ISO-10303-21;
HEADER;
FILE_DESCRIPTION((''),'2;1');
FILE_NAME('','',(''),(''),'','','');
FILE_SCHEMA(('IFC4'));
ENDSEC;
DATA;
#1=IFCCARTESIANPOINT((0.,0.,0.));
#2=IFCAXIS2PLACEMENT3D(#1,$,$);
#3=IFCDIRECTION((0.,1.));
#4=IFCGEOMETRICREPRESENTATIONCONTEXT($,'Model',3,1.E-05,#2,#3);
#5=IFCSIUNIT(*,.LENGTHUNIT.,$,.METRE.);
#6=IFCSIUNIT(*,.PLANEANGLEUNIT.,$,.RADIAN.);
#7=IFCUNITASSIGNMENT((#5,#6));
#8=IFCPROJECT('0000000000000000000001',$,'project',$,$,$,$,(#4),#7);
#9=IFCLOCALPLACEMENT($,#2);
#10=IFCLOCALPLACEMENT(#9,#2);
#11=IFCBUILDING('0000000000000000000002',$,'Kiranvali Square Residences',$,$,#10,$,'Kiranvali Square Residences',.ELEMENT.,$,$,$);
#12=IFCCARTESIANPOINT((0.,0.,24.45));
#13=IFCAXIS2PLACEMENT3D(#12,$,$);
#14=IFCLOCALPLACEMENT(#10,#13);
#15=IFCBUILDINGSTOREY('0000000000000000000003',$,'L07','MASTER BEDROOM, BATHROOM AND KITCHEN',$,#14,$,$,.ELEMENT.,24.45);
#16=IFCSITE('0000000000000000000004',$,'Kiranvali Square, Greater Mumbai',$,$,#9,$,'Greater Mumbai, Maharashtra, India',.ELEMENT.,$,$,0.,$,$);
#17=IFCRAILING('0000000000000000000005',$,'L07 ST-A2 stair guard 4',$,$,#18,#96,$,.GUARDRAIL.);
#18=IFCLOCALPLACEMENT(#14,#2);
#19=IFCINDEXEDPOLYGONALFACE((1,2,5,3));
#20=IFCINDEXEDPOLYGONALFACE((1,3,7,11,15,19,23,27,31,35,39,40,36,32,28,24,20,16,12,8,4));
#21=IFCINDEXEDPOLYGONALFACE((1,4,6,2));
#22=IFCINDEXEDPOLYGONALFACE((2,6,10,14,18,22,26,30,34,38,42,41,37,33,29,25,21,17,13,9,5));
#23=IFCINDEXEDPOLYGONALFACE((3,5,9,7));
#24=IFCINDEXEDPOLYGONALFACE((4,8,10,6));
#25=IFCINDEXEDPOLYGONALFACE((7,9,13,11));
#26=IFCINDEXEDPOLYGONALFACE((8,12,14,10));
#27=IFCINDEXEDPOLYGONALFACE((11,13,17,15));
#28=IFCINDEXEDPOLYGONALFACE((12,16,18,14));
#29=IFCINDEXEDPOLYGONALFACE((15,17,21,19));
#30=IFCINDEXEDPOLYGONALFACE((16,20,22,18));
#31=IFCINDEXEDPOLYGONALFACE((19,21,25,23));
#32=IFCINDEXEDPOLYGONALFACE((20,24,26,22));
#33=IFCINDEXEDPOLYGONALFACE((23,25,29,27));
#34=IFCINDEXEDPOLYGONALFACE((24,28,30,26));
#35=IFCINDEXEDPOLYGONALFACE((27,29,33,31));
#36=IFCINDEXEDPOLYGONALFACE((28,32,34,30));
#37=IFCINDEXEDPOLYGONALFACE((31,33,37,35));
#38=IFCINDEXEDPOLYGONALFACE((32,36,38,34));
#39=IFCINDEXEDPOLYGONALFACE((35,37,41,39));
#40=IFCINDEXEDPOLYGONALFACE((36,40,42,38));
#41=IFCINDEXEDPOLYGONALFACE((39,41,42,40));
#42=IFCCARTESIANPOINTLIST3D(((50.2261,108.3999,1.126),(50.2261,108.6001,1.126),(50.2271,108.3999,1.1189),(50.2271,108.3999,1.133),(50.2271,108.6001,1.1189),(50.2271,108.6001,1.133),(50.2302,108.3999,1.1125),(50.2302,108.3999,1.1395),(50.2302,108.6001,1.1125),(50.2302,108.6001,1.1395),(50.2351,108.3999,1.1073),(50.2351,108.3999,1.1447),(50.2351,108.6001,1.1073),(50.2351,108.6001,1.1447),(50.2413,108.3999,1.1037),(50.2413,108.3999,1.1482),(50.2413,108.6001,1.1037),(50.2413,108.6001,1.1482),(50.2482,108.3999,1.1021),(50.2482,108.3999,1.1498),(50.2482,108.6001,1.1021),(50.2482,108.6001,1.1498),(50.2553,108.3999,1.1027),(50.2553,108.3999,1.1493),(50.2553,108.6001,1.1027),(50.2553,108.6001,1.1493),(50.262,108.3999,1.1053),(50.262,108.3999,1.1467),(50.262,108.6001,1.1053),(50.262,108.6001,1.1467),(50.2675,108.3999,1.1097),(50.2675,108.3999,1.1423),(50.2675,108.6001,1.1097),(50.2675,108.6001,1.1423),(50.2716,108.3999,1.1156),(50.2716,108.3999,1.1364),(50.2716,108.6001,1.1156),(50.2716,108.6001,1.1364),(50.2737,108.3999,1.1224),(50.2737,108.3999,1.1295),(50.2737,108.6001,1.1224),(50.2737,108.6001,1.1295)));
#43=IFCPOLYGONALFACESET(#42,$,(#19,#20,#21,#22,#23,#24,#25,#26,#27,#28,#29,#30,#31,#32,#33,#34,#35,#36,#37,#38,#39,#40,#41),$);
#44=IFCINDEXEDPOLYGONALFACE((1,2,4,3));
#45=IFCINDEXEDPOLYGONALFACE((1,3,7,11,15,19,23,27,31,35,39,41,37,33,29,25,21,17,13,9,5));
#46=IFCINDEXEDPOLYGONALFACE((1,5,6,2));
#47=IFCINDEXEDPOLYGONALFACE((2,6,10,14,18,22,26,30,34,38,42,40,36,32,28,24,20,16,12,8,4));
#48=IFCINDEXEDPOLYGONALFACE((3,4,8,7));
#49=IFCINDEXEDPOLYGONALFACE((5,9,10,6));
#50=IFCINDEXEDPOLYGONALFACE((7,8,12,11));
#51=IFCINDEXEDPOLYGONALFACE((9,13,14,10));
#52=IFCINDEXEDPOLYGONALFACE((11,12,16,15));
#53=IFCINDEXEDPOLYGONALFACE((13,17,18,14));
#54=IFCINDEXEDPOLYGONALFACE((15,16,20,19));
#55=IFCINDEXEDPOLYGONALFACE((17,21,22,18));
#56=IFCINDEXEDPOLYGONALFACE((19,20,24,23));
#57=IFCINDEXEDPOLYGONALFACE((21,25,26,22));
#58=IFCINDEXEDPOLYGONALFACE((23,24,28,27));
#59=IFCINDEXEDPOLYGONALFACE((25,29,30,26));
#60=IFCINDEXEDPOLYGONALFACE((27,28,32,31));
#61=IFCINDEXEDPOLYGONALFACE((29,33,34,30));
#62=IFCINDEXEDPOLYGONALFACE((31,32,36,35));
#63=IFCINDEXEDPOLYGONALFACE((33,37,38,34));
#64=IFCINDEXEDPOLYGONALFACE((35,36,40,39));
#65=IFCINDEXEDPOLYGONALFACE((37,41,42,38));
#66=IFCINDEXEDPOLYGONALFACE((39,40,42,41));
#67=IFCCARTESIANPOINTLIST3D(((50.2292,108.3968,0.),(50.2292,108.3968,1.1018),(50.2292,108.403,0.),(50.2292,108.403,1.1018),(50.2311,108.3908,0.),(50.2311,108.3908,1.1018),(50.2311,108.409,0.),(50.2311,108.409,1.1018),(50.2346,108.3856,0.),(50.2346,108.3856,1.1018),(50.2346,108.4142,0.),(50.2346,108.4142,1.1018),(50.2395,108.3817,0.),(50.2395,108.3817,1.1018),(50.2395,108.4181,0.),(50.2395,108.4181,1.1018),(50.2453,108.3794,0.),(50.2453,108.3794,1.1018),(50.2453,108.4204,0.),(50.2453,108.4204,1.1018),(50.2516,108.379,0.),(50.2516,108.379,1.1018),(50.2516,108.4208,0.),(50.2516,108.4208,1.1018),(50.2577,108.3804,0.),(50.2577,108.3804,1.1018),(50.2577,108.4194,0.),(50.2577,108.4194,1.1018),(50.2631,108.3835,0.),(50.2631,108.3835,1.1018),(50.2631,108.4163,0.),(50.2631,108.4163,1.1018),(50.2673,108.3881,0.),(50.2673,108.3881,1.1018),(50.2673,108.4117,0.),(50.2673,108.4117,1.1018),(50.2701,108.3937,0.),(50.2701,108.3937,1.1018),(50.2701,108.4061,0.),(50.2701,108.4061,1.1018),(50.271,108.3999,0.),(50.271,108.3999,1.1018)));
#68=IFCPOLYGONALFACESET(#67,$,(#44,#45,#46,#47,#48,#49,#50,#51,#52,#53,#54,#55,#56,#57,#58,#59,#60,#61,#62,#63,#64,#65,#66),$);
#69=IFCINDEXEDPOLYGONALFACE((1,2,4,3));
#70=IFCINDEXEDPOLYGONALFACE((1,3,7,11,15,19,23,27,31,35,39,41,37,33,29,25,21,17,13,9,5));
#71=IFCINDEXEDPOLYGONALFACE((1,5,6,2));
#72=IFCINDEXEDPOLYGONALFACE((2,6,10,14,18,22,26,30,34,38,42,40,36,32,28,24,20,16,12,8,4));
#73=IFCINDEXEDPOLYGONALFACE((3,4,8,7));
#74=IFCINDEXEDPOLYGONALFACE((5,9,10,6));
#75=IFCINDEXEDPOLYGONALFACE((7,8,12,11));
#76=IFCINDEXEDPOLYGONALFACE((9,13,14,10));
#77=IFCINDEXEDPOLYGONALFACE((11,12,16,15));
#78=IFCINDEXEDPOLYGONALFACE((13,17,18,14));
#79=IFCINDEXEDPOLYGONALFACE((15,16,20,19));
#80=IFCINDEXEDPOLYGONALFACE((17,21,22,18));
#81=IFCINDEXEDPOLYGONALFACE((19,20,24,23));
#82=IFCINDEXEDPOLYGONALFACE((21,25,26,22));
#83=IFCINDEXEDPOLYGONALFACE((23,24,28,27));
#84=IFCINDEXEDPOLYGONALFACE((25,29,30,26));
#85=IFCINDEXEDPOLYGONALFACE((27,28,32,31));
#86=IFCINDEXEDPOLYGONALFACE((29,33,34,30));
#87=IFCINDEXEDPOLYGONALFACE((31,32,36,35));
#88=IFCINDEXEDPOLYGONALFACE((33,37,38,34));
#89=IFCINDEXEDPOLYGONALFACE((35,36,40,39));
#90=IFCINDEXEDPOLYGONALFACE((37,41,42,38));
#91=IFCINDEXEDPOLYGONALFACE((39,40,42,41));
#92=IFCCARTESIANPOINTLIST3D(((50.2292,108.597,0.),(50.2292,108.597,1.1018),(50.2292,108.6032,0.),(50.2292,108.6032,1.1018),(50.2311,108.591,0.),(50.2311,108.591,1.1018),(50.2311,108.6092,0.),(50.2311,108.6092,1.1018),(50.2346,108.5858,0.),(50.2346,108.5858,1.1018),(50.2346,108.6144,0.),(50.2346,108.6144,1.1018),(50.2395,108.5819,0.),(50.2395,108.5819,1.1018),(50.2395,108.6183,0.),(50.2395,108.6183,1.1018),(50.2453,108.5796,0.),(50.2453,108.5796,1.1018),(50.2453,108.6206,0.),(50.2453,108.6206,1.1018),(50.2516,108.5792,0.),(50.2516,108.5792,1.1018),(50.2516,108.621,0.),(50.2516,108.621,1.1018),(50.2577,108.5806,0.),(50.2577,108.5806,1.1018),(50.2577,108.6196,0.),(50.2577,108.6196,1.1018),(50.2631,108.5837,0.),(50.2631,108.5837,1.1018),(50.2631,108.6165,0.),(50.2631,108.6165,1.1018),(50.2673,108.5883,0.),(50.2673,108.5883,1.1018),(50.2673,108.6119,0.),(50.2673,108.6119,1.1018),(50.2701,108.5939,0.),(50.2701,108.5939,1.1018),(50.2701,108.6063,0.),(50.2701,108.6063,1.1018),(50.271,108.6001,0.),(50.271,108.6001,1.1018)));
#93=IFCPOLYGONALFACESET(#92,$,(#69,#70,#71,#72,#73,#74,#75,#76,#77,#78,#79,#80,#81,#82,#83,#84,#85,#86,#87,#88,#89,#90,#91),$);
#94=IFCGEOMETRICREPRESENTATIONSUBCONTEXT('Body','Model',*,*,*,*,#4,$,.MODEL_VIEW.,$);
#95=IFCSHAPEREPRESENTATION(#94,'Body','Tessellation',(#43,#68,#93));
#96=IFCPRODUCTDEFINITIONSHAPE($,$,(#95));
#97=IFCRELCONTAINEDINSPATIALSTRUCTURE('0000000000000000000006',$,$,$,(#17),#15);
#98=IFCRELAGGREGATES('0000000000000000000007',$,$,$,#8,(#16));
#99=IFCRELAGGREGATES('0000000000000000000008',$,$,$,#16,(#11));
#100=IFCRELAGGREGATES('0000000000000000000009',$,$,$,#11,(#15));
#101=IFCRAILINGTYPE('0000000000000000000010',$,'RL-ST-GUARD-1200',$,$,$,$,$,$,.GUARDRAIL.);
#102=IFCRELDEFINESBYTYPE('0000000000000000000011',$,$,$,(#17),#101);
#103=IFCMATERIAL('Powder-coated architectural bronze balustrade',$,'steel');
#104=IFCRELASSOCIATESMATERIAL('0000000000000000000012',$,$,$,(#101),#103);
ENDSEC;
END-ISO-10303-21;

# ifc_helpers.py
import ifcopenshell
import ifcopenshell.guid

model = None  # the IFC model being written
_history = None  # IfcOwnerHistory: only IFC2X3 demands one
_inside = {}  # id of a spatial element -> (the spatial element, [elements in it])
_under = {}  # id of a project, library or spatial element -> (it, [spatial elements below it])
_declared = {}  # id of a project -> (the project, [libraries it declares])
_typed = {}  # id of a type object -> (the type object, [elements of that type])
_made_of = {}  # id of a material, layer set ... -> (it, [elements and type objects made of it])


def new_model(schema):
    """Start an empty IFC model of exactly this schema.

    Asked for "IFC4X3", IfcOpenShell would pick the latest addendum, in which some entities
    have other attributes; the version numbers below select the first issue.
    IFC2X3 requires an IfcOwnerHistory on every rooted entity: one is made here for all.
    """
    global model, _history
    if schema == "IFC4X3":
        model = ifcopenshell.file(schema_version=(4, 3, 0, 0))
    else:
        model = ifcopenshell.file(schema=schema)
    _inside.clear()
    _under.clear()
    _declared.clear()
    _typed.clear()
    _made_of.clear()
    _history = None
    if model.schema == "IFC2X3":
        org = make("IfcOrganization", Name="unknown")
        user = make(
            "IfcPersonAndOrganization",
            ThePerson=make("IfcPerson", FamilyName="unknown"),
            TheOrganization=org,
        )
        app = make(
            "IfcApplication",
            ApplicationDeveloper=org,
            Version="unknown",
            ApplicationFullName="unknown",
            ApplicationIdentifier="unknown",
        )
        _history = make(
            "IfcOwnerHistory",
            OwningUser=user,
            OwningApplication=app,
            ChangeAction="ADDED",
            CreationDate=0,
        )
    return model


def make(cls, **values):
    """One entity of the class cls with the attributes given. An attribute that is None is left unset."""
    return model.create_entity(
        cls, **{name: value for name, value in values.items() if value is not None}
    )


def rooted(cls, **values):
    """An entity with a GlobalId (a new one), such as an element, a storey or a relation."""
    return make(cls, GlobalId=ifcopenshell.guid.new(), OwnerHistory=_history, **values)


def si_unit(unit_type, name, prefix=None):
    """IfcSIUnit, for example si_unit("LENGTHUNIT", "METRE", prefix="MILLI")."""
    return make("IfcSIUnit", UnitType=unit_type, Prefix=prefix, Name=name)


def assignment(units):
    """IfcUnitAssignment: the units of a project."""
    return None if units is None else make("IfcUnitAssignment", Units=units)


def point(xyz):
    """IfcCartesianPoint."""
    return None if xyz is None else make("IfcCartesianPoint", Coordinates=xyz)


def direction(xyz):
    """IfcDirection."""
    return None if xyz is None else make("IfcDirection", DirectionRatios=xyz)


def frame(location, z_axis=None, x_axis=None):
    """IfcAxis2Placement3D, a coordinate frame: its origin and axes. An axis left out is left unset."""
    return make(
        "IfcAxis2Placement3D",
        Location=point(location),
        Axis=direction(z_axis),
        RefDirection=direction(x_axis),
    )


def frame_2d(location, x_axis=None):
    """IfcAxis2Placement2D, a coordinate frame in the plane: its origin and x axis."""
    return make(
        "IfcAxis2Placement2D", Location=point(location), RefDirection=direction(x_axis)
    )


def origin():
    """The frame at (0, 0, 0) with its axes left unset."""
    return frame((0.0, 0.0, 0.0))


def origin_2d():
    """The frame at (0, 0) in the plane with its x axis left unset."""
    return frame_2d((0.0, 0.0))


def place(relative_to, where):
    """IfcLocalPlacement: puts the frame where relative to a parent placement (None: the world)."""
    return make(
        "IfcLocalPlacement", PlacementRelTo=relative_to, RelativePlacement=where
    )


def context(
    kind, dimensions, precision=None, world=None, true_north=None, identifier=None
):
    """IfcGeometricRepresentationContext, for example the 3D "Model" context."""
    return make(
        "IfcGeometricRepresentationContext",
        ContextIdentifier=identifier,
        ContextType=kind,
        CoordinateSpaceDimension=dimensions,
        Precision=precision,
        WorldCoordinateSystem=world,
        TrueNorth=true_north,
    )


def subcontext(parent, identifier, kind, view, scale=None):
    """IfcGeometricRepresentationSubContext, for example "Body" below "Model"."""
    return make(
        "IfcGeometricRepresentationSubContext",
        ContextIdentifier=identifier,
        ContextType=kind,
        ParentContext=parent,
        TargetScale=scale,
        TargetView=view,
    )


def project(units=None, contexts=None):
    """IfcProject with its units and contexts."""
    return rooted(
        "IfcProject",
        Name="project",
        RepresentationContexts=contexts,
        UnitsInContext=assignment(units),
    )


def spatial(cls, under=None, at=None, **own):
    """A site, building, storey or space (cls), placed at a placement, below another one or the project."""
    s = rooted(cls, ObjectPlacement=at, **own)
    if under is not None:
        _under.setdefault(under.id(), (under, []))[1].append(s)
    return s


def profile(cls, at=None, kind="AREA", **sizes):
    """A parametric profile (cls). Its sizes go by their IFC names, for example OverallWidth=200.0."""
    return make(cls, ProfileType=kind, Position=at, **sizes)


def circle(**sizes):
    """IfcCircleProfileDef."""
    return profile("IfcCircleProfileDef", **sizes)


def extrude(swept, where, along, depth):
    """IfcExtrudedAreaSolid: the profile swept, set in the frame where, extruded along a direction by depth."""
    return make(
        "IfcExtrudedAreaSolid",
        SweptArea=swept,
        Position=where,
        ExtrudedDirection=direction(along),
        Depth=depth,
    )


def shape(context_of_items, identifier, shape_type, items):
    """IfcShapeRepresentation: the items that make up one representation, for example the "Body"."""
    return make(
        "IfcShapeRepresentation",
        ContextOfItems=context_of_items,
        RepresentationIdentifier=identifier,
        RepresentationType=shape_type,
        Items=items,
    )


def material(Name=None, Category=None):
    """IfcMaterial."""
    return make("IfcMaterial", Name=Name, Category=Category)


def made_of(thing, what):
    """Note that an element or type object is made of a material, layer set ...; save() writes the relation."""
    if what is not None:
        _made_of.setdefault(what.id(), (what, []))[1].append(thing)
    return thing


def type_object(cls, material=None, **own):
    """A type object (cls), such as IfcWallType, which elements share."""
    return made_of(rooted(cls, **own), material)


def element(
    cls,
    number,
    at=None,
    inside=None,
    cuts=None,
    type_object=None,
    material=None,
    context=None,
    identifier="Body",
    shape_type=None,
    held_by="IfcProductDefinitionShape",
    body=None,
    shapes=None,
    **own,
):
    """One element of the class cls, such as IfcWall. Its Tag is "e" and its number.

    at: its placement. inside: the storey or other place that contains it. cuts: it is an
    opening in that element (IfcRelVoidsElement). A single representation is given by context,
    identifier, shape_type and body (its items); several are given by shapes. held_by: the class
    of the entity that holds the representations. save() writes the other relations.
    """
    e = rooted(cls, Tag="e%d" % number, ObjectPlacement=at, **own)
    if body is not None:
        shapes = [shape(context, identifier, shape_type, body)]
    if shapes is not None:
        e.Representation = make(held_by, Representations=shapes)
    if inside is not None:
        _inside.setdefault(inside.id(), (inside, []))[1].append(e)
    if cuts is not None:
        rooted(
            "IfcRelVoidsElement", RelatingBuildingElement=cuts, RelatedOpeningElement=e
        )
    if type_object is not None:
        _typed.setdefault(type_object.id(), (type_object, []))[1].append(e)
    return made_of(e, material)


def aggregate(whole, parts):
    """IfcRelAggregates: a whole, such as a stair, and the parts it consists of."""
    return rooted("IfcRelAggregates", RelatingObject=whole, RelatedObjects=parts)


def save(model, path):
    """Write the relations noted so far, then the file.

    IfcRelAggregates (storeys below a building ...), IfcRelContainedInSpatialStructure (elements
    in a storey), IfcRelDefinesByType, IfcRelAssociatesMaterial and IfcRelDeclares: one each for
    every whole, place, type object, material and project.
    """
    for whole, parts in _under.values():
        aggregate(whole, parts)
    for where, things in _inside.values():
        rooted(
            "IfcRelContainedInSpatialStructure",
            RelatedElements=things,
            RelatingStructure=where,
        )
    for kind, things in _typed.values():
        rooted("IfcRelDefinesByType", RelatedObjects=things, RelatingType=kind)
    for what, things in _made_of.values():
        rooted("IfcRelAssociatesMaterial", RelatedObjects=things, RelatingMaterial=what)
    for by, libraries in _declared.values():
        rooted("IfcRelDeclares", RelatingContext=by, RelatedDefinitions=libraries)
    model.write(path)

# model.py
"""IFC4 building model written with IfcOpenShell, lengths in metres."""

from ifc_helpers import new_model, si_unit, direction, frame, origin, origin_2d, place, context, subcontext, project, spatial, circle, extrude, material, type_object, element, save


model = new_model("IFC4")

# Units and contexts
model_context = context("Model", 3, precision=1e-05, world=origin(), true_north=direction((0.0, 1.0)))
body_context = subcontext(model_context, "Body", "Model", "MODEL_VIEW")
ifc_project = project(units=[si_unit("LENGTHUNIT", "METRE"), si_unit("PLANEANGLEUNIT", "RADIAN")], contexts=[model_context])

# Site, building, storey
site_placement = place(None, origin())
site = spatial("IfcSite", under=ifc_project, at=site_placement, Name="Kiranvali Square, Greater Mumbai", LongName="Greater Mumbai, Maharashtra, India", CompositionType="ELEMENT", RefElevation=0.0)
building_placement = place(site_placement, origin())
building = spatial("IfcBuilding", under=site, at=building_placement, Name="Kiranvali Square Residences", LongName="Kiranvali Square Residences", CompositionType="ELEMENT")
storey_placement = place(building_placement, frame((0.0, 0.0, 24.45)))
storey = spatial("IfcBuildingStorey", under=building, at=storey_placement, Name="L07", Description="MASTER BEDROOM, BATHROOM AND KITCHEN", CompositionType="ELEMENT", Elevation=24.45)

# Railing
ifc_material_1 = material(Name="Powder-coated architectural bronze balustrade", Category="steel")
railing_type = type_object("IfcRailingType", Name="RL-ST-GUARD-1200", PredefinedType="GUARDRAIL", material=ifc_material_1)
railing_1_placement = place(storey_placement, frame((50.25, 108.3999, 0.0)))
element("IfcRailing", 1, at=railing_1_placement, inside=storey, type_object=railing_type, Name="L07 ST-A2 stair guard 4", PredefinedType="GUARDRAIL", context=body_context, shape_type="SweptSolid", body=[
    extrude(circle(Radius=0.0239, at=origin_2d()), frame((0.0, 0.0, 1.126), z_axis=(0.0, 1.0, 0.0), x_axis=(-1.0, 0.0, 0.0)), (0.0, 0.0, 1.0), 0.2002),
    extrude(circle(Radius=0.021, at=origin_2d()), origin(), (0.0, 0.0, 1.0), 1.1018),
    extrude(circle(Radius=0.021, at=origin_2d()), frame((0.0, 0.2002, 0.0)), (0.0, 0.0, 1.0), 1.1018),
])

save(model, "model.ifc")
